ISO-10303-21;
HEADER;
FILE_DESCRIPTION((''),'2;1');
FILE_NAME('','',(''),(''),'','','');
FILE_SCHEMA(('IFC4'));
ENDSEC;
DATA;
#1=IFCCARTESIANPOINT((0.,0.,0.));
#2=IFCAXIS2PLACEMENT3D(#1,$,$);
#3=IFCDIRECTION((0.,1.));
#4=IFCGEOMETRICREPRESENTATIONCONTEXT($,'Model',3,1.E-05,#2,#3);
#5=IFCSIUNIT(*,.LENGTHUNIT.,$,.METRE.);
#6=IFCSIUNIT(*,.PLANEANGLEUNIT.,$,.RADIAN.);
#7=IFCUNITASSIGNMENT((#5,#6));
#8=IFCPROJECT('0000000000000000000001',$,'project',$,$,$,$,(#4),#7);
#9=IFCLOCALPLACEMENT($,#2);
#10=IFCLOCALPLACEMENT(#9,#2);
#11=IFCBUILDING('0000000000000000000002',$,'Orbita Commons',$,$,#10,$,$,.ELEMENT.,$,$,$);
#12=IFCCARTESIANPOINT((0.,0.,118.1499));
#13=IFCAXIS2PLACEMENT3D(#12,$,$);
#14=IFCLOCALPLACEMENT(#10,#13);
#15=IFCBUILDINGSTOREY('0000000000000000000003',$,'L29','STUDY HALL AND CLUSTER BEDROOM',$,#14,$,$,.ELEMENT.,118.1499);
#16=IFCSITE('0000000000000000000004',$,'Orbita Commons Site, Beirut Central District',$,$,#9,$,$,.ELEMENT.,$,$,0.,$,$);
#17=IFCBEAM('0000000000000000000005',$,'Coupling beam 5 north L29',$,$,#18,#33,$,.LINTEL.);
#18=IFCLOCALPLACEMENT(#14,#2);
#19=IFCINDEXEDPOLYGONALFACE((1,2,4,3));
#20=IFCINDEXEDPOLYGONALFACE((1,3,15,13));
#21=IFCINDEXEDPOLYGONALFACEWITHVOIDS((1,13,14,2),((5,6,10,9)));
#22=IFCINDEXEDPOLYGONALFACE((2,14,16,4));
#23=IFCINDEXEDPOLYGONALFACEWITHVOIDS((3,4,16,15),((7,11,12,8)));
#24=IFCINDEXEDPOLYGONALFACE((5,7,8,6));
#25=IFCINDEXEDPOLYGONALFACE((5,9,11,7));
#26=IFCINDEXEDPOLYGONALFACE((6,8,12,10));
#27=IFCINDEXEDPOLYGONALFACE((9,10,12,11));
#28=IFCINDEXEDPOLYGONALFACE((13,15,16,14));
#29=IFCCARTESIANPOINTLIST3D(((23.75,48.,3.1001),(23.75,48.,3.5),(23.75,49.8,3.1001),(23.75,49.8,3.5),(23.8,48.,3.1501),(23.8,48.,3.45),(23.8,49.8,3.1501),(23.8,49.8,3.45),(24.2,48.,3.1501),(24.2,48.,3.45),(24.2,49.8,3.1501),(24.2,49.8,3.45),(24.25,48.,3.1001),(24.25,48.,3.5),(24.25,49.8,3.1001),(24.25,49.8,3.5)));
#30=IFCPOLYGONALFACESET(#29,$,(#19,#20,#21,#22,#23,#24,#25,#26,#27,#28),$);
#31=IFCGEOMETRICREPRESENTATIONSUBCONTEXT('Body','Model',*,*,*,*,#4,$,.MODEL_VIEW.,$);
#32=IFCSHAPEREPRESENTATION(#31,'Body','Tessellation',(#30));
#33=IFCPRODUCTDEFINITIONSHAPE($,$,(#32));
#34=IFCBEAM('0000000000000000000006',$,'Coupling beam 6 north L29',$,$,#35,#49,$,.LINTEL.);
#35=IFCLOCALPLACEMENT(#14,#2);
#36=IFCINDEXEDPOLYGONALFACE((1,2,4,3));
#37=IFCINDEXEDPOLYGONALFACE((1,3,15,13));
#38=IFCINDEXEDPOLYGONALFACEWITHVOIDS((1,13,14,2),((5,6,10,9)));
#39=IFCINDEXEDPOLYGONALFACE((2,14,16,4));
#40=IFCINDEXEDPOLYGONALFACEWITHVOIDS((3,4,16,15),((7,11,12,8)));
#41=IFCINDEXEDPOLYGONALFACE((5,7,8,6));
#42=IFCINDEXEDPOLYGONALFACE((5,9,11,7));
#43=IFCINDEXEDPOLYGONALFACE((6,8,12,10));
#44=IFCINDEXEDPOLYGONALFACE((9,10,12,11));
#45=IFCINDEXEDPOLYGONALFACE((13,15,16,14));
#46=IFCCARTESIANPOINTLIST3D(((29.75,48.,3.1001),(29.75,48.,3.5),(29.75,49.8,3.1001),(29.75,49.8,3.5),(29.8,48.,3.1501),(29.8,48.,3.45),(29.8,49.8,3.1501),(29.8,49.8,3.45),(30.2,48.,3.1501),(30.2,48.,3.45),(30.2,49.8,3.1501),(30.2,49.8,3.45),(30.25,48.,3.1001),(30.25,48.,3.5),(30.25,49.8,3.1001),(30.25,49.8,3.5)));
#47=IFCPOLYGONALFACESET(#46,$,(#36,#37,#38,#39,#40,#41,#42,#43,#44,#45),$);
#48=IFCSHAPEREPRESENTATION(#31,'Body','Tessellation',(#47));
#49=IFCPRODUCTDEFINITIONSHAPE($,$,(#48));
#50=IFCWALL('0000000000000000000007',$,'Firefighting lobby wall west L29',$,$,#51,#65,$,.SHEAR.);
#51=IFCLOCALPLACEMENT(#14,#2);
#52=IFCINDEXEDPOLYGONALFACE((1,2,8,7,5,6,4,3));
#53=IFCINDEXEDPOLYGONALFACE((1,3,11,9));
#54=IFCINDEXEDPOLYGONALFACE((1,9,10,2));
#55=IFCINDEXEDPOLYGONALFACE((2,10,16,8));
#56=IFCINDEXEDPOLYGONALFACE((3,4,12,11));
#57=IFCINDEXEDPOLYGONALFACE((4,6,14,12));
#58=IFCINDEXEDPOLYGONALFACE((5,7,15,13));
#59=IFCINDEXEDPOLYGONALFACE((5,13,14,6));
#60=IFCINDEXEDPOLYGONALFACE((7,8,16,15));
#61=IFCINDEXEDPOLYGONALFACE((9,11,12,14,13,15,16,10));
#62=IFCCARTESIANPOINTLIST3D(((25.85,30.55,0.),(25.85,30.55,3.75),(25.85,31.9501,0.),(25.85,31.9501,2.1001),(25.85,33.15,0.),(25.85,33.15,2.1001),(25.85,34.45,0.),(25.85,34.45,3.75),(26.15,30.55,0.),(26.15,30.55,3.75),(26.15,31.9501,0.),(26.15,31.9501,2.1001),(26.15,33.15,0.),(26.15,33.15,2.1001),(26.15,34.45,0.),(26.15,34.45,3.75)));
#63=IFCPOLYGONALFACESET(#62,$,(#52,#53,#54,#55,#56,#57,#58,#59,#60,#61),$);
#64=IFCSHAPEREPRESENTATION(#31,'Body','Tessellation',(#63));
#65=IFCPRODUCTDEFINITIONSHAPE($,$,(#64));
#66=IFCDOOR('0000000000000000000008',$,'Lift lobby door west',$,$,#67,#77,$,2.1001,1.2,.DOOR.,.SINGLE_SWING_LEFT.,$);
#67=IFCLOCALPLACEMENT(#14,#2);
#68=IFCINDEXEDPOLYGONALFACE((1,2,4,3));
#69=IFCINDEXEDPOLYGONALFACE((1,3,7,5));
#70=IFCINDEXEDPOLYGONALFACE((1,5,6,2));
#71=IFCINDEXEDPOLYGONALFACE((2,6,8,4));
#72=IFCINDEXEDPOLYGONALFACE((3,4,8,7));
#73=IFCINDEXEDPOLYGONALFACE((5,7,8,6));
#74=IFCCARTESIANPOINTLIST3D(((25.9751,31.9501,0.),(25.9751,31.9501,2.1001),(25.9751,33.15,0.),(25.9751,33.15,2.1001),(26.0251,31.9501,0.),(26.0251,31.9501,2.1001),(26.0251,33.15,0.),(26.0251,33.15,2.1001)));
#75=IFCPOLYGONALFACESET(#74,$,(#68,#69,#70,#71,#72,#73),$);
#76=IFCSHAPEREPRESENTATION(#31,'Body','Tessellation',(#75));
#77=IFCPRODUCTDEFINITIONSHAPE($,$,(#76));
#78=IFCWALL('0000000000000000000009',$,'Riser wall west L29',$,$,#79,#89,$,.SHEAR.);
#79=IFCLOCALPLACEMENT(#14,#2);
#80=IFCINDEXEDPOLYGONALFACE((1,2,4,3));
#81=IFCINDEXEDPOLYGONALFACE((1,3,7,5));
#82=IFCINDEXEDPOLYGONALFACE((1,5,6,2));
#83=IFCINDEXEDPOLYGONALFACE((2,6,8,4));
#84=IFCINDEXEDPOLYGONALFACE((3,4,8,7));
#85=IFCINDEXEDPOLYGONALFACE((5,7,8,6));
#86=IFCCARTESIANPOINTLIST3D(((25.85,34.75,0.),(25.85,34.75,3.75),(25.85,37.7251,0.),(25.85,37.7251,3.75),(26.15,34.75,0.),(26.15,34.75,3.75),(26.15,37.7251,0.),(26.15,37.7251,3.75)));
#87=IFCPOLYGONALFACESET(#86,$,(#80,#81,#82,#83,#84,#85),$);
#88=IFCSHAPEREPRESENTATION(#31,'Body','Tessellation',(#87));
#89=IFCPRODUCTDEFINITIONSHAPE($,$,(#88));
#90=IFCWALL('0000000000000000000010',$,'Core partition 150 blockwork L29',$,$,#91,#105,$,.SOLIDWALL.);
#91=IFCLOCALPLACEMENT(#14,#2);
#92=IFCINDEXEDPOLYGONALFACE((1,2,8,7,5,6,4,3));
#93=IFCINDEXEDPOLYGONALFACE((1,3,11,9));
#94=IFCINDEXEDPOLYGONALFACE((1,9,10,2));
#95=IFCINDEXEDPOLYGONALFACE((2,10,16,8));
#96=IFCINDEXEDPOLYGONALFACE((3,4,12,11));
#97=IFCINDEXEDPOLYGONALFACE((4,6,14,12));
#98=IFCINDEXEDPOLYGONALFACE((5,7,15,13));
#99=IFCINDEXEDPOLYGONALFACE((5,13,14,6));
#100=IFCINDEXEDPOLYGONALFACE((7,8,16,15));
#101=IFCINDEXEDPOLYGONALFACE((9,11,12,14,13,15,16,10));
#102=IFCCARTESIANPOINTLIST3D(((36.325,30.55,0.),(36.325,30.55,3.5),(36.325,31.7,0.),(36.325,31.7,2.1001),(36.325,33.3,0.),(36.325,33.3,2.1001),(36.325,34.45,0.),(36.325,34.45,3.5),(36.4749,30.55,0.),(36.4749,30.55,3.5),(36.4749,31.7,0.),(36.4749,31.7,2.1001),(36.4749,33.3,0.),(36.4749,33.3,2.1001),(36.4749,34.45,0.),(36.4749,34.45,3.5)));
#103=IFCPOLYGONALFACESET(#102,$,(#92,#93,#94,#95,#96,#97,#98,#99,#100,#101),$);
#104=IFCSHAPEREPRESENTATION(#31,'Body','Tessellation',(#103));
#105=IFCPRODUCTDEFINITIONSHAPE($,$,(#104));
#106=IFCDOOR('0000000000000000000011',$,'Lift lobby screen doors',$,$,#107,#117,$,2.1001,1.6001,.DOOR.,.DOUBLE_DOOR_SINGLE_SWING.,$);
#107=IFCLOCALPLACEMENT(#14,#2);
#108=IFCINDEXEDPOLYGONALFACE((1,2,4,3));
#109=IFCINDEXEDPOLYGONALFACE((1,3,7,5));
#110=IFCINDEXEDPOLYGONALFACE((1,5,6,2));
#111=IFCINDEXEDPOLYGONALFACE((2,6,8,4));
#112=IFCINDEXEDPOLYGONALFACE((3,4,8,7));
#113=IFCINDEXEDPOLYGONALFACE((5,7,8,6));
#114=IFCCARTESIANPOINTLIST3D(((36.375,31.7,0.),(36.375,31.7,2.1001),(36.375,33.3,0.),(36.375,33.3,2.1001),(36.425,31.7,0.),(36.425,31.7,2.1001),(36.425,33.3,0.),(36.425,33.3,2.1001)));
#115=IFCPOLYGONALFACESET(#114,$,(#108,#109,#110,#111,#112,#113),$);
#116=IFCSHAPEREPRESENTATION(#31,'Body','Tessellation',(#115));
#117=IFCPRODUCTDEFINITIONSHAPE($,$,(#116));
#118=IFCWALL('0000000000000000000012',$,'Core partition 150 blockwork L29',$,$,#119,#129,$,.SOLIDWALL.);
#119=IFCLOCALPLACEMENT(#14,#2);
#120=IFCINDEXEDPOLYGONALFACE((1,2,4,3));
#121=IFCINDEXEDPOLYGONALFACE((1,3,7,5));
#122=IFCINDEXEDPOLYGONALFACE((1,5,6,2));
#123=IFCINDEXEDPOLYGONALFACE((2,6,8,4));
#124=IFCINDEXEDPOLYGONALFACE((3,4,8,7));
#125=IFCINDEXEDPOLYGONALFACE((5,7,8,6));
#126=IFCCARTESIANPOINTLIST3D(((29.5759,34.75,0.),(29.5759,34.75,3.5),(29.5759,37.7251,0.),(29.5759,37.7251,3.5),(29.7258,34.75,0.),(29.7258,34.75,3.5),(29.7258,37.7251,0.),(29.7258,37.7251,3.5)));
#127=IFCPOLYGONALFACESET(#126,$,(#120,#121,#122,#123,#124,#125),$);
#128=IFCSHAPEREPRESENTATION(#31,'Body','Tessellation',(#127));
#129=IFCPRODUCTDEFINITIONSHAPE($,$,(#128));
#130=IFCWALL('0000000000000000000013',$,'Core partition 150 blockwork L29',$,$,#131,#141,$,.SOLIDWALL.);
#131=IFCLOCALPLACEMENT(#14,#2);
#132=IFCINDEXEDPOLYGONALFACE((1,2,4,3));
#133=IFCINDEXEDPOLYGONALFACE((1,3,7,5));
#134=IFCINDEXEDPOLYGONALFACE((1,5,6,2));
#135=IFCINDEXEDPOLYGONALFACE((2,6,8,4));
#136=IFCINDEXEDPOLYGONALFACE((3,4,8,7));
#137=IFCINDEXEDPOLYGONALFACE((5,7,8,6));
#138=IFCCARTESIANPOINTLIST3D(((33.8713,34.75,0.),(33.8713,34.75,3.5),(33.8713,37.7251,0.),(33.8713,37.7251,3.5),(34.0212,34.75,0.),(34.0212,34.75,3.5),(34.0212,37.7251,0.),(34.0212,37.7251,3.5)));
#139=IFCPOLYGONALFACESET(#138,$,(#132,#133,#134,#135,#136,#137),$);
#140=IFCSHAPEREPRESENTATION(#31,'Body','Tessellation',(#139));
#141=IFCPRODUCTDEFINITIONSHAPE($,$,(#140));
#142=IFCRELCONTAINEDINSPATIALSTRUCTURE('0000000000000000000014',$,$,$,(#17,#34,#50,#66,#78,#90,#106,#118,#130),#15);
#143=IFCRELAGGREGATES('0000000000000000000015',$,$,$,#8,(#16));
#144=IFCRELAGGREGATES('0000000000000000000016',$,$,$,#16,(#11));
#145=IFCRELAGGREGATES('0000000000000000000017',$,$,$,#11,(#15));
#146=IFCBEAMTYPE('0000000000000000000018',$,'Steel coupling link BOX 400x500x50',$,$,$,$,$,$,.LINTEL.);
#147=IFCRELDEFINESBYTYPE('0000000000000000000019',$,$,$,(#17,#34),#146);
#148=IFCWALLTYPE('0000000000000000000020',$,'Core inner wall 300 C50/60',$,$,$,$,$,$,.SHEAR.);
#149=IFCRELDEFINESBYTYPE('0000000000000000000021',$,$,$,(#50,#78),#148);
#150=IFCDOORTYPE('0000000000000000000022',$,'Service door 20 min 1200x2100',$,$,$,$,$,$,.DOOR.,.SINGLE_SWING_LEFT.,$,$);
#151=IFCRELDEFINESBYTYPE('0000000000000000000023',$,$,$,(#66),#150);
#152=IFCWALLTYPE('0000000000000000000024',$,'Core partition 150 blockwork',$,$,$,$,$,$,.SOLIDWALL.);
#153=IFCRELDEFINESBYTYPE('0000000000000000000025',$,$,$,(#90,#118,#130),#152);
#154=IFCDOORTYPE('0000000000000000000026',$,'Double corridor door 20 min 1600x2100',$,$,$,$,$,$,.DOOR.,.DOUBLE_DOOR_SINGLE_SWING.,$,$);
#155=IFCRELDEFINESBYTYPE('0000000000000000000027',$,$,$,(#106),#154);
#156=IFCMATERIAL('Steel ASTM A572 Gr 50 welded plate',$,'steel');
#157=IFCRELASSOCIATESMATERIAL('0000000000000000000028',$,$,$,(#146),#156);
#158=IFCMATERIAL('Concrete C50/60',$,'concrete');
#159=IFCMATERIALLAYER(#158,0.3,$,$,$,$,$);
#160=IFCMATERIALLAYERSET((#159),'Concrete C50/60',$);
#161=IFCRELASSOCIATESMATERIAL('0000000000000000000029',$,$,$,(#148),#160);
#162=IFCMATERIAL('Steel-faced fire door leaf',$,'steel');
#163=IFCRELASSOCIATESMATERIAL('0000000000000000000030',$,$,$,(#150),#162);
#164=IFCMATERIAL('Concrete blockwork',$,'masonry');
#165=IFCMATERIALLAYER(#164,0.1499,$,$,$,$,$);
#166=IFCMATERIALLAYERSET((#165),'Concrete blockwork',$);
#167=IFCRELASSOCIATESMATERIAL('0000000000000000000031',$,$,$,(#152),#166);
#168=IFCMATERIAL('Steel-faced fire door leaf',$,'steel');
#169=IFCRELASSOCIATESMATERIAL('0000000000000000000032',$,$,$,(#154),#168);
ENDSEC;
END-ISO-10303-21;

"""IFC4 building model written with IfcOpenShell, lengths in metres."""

from ifc_helpers import new_model, si_unit, direction, frame, frame_2d, origin, origin_2d, place, context, subcontext, project, spatial, rectangle, hollow_rectangle, extrude, material, layer, layer_set, material_profile, profile_set, type_object, element, fill, save


model = new_model("IFC4")

# Units and contexts
model_context = context("Model", 3, precision=1e-05, world=origin(), true_north=direction((0.0, 1.0)))
body_context = subcontext(model_context, "Body", "Model", "MODEL_VIEW")
ifc_project = project(units=[si_unit("LENGTHUNIT", "METRE"), si_unit("PLANEANGLEUNIT", "RADIAN")], contexts=[model_context])

# Site, building, storey
site_placement = place(None, origin())
site = spatial("IfcSite", under=ifc_project, at=site_placement, Name="Orbita Commons Site, Beirut Central District", CompositionType="ELEMENT", RefElevation=0.0)
building_placement = place(site_placement, origin())
building = spatial("IfcBuilding", under=site, at=building_placement, Name="Orbita Commons", CompositionType="ELEMENT")
storey_placement = place(building_placement, frame((0.0, 0.0, 118.1499)))
storey = spatial("IfcBuildingStorey", under=building, at=storey_placement, Name="L29", Description="STUDY HALL AND CLUSTER BEDROOM", CompositionType="ELEMENT", Elevation=118.1499)

# Beams
ifc_material_1 = material(Name="Steel ASTM A572 Gr 50 welded plate", Category="steel")
ifc_material_profile = material_profile(ifc_material_1, hollow_rectangle(XDim=0.5, YDim=0.3999, WallThickness=0.05, at=origin_2d()), Name="BOX 400x500x50")
ifc_profile_set = profile_set([ifc_material_profile], Name="Steel ASTM A572 Gr 50 welded plate")
beam_type = type_object("IfcBeamType", Name="Steel coupling link BOX 400x500x50", PredefinedType="LINTEL", material=ifc_profile_set)
for number, where, z_axis, x_axis, name in (
    (1, (24.0, 48.0, 3.3), (0.0, 1.0, 0.0), (-1.0, 0.0, 0.0), "Coupling beam 5 north L29"),
    (2, (30.0, 48.0, 3.3), (0.0, 1.0, 0.0), (-1.0, 0.0, 0.0), "Coupling beam 6 north L29"),
):
    element("IfcBeam", number, at=place(storey_placement, frame(where, z_axis=z_axis, x_axis=x_axis)), inside=storey, type_object=beam_type, Name=name, PredefinedType="LINTEL", context=body_context, shape_type="SweptSolid", body=[
        extrude(hollow_rectangle(XDim=0.5, YDim=0.3999, WallThickness=0.05, at=origin_2d()), origin(), (0.0, 0.0, 1.0), 1.8),
    ])

# Wall, opening, door
ifc_material_2 = material(Name="Concrete C50/60", Category="concrete")
ifc_layer_1 = layer(ifc_material_2, 0.3)
ifc_layer_set_1 = layer_set([ifc_layer_1], Name="Concrete C50/60")
wall_type_1 = type_object("IfcWallType", Name="Core inner wall 300 C50/60", PredefinedType="SHEAR", material=ifc_layer_set_1)
wall_1_placement = place(storey_placement, frame((26.0, 30.55, 0.0), z_axis=(0.0, 0.0, 1.0), x_axis=(0.0, 1.0, 0.0)))
wall_1 = element("IfcWall", 3, at=wall_1_placement, inside=storey, type_object=wall_type_1, Name="Firefighting lobby wall west L29", PredefinedType="SHEAR", context=body_context, shape_type="SweptSolid", body=[
    extrude(rectangle(XDim=3.8999, YDim=0.3, at=frame_2d((1.95, 0.0))), origin(), (0.0, 0.0, 1.0), 3.75),
])
opening_1_placement = place(wall_1_placement, frame((1.3999, 0.0, 0.0)))
opening_1 = element("IfcOpeningElement", 4, at=opening_1_placement, cuts=wall_1, PredefinedType="OPENING", context=body_context, shape_type="SweptSolid", body=[
    extrude(rectangle(XDim=1.2, YDim=2.1001, at=frame_2d((0.6001, 1.05))), frame((0.0, 0.1599, 0.0), z_axis=(0.0, -1.0, 0.0), x_axis=(1.0, 0.0, 0.0)), (0.0, 0.0, 1.0), 0.3201),
])
ifc_material_3 = material(Name="Steel-faced fire door leaf", Category="steel")
door_type_1 = type_object("IfcDoorType", Name="Service door 20 min 1200x2100", OperationType="SINGLE_SWING_LEFT", PredefinedType="DOOR", material=ifc_material_3)
door_1_placement = place(opening_1_placement, origin())
door_1 = element("IfcDoor", 5, at=door_1_placement, inside=storey, type_object=door_type_1, Name="Lift lobby door west", OperationType="SINGLE_SWING_LEFT", OverallHeight=2.1001, OverallWidth=1.2, PredefinedType="DOOR", context=body_context, shape_type="SweptSolid", body=[
    extrude(rectangle(XDim=1.2, YDim=2.1001, at=frame_2d((0.6001, 1.05))), frame((0.0, 0.0249, 0.0), z_axis=(0.0, -1.0, 0.0), x_axis=(1.0, 0.0, 0.0)), (0.0, 0.0, 1.0), 0.05),
])
fill(opening_1, door_1)

# Wall
wall_2_placement = place(storey_placement, frame((26.0, 34.75, 0.0), z_axis=(0.0, 0.0, 1.0), x_axis=(0.0, 1.0, 0.0)))
element("IfcWall", 6, at=wall_2_placement, inside=storey, type_object=wall_type_1, Name="Riser wall west L29", PredefinedType="SHEAR", context=body_context, shape_type="SweptSolid", body=[
    extrude(rectangle(XDim=2.9751, YDim=0.3, at=frame_2d((1.4875, 0.0))), origin(), (0.0, 0.0, 1.0), 3.75),
])

# Wall, opening, door
ifc_material_4 = material(Name="Concrete blockwork", Category="masonry")
ifc_layer_2 = layer(ifc_material_4, 0.1499)
ifc_layer_set_2 = layer_set([ifc_layer_2], Name="Concrete blockwork")
wall_type_2 = type_object("IfcWallType", Name="Core partition 150 blockwork", PredefinedType="SOLIDWALL", material=ifc_layer_set_2)
wall_3_placement = place(storey_placement, frame((36.3999, 30.55, 0.0), z_axis=(0.0, 0.0, 1.0), x_axis=(0.0, 1.0, 0.0)))
wall_3 = element("IfcWall", 7, at=wall_3_placement, inside=storey, type_object=wall_type_2, Name="Core partition 150 blockwork L29", PredefinedType="SOLIDWALL", context=body_context, shape_type="SweptSolid", body=[
    extrude(rectangle(XDim=3.8999, YDim=0.1499, at=frame_2d((1.95, 0.0))), origin(), (0.0, 0.0, 1.0), 3.5),
])
opening_2_placement = place(wall_3_placement, frame((1.1499, 0.0, 0.0)))
opening_2 = element("IfcOpeningElement", 8, at=opening_2_placement, cuts=wall_3, PredefinedType="OPENING", context=body_context, shape_type="SweptSolid", body=[
    extrude(rectangle(XDim=1.6001, YDim=2.1001, at=frame_2d((0.8, 1.05))), frame((0.0, 0.085, 0.0), z_axis=(0.0, -1.0, 0.0), x_axis=(1.0, 0.0, 0.0)), (0.0, 0.0, 1.0), 0.1699),
])
ifc_material_5 = material(Name="Steel-faced fire door leaf", Category="steel")
door_type_2 = type_object("IfcDoorType", Name="Double corridor door 20 min 1600x2100", OperationType="DOUBLE_DOOR_SINGLE_SWING", PredefinedType="DOOR", material=ifc_material_5)
door_2_placement = place(opening_2_placement, origin())
door_2 = element("IfcDoor", 9, at=door_2_placement, inside=storey, type_object=door_type_2, Name="Lift lobby screen doors", OperationType="DOUBLE_DOOR_SINGLE_SWING", OverallHeight=2.1001, OverallWidth=1.6001, PredefinedType="DOOR", context=body_context, shape_type="SweptSolid", body=[
    extrude(rectangle(XDim=1.6001, YDim=2.1001, at=frame_2d((0.8, 1.05))), frame((0.0, 0.0249, 0.0), z_axis=(0.0, -1.0, 0.0), x_axis=(1.0, 0.0, 0.0)), (0.0, 0.0, 1.0), 0.05),
])
fill(opening_2, door_2)

# Walls
for number, where, z_axis, x_axis, name in (
    (10, (29.6509, 34.75, 0.0), (0.0, 0.0, 1.0), (0.0, 1.0, 0.0), "Core partition 150 blockwork L29"),
    (11, (33.9463, 34.75, 0.0), (0.0, 0.0, 1.0), (0.0, 1.0, 0.0), "Core partition 150 blockwork L29"),
):
    element("IfcWall", number, at=place(storey_placement, frame(where, z_axis=z_axis, x_axis=x_axis)), inside=storey, type_object=wall_type_2, Name=name, PredefinedType="SOLIDWALL", context=body_context, shape_type="SweptSolid", body=[
        extrude(rectangle(XDim=2.9751, YDim=0.1499, at=frame_2d((1.4875, 0.0))), origin(), (0.0, 0.0, 1.0), 3.5),
    ])

save(model, "model.ifc")
